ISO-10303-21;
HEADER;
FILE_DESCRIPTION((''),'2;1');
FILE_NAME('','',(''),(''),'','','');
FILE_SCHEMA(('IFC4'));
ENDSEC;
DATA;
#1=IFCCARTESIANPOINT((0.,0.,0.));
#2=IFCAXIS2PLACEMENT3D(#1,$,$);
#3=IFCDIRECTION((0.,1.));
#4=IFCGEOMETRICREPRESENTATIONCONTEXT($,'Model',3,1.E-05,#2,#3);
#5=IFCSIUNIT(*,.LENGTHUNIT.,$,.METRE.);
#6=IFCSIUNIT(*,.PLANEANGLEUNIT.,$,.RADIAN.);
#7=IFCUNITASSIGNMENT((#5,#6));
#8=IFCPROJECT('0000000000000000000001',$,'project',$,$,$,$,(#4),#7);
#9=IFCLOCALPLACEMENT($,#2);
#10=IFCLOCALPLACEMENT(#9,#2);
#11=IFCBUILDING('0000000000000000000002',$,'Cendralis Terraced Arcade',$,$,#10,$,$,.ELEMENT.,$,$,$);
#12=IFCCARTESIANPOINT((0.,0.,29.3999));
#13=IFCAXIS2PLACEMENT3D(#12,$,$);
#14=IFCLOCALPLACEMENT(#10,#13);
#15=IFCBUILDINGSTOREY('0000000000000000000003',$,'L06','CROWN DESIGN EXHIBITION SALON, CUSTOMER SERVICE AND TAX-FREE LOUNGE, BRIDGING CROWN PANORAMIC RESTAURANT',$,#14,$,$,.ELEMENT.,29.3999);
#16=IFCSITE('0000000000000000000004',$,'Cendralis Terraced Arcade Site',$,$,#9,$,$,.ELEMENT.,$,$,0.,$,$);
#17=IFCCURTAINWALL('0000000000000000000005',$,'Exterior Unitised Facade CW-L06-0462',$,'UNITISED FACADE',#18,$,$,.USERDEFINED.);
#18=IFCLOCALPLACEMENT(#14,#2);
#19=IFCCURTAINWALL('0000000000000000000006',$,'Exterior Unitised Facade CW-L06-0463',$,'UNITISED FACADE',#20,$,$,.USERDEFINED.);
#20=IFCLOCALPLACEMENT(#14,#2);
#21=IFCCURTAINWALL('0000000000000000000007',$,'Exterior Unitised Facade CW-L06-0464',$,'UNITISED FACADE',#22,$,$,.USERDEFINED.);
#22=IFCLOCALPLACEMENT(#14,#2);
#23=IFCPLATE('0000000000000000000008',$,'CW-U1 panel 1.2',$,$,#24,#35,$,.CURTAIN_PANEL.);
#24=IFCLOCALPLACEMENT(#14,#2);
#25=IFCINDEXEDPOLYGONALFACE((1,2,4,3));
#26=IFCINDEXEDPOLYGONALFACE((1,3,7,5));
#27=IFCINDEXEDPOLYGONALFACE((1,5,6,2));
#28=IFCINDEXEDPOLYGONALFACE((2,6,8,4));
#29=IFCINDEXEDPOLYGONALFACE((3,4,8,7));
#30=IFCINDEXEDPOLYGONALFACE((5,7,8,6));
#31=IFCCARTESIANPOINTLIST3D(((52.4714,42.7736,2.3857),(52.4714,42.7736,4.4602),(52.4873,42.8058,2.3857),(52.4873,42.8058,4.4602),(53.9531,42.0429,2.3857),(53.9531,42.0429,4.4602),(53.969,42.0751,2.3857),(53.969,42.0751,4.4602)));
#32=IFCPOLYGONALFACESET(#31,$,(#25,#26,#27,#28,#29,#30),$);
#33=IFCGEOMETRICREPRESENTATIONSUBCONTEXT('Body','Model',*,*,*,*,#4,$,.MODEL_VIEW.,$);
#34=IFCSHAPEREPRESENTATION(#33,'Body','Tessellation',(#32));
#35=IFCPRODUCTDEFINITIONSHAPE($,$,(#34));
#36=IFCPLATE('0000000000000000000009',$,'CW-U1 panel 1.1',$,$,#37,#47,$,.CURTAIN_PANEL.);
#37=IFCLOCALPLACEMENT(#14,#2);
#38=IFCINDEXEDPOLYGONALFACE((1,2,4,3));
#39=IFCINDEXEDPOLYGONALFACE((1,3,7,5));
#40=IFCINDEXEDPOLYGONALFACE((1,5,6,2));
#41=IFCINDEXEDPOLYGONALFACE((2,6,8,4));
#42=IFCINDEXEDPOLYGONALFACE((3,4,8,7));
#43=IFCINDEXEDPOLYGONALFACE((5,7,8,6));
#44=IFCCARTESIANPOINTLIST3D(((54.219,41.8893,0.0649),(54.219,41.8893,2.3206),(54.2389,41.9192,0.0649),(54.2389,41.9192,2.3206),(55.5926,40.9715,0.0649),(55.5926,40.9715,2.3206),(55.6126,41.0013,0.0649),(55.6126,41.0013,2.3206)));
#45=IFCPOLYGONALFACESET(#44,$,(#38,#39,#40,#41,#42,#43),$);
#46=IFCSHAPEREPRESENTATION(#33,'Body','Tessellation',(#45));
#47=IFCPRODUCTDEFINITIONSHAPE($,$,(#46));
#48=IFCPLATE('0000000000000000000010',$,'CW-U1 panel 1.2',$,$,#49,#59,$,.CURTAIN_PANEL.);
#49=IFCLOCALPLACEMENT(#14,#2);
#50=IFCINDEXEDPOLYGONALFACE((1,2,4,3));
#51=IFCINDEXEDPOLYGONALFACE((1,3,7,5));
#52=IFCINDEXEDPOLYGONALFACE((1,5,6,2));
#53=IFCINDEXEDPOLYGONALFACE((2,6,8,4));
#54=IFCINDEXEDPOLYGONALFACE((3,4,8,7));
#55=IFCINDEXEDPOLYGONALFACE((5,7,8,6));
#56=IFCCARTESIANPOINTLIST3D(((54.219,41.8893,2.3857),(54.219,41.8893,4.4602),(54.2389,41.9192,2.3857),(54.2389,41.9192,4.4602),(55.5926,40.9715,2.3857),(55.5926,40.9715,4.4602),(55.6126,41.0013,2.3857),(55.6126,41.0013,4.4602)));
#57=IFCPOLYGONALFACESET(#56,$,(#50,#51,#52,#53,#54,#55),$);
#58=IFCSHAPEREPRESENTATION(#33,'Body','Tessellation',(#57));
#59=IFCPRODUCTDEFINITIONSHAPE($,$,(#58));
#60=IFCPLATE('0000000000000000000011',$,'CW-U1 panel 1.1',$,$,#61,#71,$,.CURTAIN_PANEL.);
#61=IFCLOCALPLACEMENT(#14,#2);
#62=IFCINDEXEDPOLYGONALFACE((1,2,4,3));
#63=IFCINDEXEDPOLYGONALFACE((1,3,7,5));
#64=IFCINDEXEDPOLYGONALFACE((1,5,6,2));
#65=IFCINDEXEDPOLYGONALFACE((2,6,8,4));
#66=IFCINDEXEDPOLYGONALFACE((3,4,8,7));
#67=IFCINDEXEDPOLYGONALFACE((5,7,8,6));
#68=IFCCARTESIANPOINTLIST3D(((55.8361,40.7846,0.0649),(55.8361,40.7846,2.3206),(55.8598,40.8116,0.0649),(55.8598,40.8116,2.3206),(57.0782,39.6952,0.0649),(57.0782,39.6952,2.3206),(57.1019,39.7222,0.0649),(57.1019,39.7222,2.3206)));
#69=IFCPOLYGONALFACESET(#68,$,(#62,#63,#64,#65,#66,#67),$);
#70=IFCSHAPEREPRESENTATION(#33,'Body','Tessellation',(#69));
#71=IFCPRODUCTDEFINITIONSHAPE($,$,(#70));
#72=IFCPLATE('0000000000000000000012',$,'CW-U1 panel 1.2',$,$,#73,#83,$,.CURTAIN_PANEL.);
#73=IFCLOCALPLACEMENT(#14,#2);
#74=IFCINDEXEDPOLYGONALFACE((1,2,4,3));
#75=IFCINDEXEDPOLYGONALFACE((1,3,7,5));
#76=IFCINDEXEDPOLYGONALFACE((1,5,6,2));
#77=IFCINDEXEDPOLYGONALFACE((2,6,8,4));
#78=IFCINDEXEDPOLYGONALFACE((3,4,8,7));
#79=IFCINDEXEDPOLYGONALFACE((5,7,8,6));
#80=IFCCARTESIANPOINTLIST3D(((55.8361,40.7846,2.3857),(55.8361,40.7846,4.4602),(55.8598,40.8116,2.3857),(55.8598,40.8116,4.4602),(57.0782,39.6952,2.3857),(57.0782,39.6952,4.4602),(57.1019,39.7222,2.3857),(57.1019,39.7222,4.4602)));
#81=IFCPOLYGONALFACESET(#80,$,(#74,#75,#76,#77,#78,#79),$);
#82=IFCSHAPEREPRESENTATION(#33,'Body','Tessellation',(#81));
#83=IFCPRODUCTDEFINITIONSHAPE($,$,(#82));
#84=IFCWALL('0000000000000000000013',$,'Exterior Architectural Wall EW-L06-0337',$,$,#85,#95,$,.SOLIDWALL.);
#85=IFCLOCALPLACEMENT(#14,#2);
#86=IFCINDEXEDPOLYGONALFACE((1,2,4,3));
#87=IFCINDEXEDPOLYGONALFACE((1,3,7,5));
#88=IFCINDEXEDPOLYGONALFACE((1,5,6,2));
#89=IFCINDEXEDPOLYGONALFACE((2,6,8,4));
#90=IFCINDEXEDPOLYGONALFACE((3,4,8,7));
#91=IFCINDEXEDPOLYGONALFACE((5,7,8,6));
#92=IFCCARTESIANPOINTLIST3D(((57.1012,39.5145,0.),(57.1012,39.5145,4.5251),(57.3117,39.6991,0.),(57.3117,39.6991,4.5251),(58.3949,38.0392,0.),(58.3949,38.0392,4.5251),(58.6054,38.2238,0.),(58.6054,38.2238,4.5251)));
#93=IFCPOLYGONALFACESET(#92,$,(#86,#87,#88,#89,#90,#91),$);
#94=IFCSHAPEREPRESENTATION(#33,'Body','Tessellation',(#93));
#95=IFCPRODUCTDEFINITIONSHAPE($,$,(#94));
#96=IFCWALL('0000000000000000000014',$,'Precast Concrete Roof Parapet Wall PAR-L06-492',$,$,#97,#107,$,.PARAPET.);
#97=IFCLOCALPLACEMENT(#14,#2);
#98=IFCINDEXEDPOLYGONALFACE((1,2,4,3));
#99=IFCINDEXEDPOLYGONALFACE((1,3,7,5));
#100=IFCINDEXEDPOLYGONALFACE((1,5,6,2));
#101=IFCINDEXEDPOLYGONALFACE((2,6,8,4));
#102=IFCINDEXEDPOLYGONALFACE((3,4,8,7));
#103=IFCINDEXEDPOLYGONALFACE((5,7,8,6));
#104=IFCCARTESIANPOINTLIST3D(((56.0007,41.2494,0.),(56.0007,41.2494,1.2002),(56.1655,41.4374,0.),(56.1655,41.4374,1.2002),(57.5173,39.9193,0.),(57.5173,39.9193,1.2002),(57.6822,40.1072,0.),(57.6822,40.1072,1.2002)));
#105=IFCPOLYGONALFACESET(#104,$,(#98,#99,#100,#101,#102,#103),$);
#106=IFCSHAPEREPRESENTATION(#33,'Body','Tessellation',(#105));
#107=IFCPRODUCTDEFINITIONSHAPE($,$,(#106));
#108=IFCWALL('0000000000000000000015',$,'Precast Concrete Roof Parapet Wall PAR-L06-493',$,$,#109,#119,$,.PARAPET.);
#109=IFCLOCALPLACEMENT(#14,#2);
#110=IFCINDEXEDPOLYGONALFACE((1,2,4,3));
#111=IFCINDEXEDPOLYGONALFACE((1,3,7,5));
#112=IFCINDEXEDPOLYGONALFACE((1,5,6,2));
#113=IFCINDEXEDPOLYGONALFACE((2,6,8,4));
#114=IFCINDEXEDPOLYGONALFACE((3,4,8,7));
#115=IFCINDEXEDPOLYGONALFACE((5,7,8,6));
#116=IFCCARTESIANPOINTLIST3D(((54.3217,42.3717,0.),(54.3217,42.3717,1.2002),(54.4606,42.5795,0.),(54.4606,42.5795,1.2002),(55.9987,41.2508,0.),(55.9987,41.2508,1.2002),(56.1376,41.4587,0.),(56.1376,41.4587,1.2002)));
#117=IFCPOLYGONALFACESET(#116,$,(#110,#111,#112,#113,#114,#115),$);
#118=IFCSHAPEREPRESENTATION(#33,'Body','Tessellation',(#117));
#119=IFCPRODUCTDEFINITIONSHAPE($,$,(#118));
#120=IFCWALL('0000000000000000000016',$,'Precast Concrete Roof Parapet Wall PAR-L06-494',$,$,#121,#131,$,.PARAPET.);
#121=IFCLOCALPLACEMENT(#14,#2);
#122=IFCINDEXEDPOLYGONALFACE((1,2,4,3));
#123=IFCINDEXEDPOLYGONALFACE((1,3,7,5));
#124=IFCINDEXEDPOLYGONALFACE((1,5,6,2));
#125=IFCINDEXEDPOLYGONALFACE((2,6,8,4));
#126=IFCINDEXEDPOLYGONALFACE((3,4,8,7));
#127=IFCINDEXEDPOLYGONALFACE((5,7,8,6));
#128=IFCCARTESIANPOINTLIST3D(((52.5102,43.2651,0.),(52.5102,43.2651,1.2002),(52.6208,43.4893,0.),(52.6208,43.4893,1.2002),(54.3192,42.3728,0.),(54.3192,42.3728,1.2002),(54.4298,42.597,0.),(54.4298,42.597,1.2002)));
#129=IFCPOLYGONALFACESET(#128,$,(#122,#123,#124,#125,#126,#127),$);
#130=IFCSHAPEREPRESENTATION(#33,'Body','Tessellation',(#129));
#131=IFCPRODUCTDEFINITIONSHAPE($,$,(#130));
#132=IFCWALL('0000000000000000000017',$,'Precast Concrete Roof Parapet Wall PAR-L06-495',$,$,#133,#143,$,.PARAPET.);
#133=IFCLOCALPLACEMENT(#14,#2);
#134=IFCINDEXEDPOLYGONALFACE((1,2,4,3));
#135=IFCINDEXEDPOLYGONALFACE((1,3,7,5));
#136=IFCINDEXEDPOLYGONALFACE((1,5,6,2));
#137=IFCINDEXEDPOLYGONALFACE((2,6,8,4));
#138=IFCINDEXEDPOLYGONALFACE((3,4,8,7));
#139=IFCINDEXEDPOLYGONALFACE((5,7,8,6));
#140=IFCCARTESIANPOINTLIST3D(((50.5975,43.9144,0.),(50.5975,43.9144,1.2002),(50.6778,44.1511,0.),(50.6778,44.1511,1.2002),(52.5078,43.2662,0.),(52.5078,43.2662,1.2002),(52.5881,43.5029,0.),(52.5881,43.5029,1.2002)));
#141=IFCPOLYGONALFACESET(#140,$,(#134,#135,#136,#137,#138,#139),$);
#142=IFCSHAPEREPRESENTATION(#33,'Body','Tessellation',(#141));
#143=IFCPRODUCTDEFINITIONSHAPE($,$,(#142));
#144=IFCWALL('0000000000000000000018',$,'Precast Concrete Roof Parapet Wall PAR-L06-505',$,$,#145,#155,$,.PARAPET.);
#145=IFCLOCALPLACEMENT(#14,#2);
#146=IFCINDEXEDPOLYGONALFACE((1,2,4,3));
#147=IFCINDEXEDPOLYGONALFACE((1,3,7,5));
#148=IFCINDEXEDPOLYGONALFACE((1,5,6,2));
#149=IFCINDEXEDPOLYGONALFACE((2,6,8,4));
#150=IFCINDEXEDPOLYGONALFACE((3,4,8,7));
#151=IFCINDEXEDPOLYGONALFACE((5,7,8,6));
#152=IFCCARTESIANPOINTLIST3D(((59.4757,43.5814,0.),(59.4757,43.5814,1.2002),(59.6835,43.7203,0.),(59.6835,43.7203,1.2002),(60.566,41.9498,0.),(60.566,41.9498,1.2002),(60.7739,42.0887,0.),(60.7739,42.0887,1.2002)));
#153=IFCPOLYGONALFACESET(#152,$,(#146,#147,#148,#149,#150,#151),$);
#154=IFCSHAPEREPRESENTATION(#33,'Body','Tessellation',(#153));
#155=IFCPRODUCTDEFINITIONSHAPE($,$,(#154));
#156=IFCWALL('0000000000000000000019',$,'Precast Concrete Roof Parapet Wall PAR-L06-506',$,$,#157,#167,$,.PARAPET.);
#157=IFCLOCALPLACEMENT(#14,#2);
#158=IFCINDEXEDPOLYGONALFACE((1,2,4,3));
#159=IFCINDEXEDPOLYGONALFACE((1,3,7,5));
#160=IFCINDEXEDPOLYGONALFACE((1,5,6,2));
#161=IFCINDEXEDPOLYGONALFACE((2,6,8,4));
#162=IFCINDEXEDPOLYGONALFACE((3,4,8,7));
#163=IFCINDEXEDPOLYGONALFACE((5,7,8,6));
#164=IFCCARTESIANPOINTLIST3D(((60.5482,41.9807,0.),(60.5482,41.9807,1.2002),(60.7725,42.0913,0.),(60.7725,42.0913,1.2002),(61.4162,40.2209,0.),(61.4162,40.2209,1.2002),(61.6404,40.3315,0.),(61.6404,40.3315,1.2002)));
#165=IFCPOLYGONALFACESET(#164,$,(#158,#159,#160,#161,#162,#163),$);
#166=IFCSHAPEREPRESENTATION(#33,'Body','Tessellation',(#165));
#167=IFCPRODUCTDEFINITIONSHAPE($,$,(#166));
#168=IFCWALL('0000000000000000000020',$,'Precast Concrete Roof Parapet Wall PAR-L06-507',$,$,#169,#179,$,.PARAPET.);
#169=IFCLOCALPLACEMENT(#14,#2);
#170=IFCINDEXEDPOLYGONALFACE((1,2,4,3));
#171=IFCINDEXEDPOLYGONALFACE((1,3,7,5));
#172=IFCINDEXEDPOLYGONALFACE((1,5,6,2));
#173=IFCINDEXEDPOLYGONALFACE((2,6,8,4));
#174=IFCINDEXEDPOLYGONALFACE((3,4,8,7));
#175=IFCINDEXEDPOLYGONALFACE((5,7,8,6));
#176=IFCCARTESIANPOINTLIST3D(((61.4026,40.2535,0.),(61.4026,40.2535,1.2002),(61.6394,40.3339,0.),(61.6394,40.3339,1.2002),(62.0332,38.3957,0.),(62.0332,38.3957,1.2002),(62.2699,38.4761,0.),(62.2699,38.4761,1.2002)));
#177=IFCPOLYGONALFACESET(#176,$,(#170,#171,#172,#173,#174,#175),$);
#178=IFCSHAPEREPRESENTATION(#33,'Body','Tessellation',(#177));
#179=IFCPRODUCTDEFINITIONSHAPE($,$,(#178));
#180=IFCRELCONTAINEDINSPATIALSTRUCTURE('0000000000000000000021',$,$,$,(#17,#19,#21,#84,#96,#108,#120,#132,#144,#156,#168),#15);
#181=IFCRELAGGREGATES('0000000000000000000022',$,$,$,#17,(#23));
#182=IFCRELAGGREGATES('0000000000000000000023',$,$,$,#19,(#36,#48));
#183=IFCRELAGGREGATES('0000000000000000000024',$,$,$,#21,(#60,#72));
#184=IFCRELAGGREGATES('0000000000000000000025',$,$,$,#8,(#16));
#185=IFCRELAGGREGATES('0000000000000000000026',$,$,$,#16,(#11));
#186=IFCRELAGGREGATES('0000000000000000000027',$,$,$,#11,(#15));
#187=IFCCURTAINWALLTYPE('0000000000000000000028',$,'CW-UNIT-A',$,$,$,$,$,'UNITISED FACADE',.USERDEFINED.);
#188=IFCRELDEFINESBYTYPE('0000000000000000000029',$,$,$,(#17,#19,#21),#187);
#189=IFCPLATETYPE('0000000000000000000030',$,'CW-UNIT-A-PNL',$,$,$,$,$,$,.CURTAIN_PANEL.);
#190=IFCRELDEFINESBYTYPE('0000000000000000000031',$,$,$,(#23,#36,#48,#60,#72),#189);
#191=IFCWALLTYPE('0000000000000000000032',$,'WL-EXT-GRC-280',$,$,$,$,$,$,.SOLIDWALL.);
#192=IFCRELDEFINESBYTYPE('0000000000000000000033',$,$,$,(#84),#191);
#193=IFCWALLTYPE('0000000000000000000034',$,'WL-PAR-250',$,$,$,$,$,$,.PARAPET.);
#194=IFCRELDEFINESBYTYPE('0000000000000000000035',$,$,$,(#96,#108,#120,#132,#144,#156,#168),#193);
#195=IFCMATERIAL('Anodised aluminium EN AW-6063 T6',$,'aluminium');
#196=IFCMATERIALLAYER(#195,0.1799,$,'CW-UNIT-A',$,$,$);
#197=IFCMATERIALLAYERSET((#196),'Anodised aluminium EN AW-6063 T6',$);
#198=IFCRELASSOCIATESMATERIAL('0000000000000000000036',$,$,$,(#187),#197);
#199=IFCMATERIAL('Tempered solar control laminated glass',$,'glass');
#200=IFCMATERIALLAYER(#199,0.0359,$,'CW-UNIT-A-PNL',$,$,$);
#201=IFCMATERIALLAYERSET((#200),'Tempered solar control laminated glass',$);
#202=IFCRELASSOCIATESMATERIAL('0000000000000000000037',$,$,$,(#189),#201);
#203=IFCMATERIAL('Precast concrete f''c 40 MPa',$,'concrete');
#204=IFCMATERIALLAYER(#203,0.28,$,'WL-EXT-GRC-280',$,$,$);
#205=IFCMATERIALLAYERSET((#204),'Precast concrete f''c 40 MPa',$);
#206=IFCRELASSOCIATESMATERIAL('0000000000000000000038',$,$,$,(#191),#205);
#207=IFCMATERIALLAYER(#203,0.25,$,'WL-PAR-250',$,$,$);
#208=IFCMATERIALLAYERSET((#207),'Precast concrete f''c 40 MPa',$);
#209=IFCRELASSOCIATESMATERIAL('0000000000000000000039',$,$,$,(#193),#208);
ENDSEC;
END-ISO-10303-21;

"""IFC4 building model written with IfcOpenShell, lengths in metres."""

from ifc_helpers import new_model, si_unit, direction, frame, frame_2d, origin, origin_2d, place, context, subcontext, project, spatial, rectangle, extrude, material, layer, layer_set, type_object, element, aggregate, save


model = new_model("IFC4")

# Units and contexts
model_context = context("Model", 3, precision=1e-05, world=origin(), true_north=direction((0.0, 1.0)))
body_context = subcontext(model_context, "Body", "Model", "MODEL_VIEW")
ifc_project = project(units=[si_unit("LENGTHUNIT", "METRE"), si_unit("PLANEANGLEUNIT", "RADIAN")], contexts=[model_context])

# Site, building, storey
site_placement = place(None, origin())
site = spatial("IfcSite", under=ifc_project, at=site_placement, Name="Cendralis Terraced Arcade Site", CompositionType="ELEMENT", RefElevation=0.0)
building_placement = place(site_placement, origin())
building = spatial("IfcBuilding", under=site, at=building_placement, Name="Cendralis Terraced Arcade", CompositionType="ELEMENT")
storey_placement = place(building_placement, frame((0.0, 0.0, 29.3999)))
storey = spatial("IfcBuildingStorey", under=building, at=storey_placement, Name="L06", Description="CROWN DESIGN EXHIBITION SALON, CUSTOMER SERVICE AND TAX-FREE LOUNGE, BRIDGING CROWN PANORAMIC RESTAURANT", CompositionType="ELEMENT", Elevation=29.3999)

# Curtain wall
ifc_material_1 = material(Name="Anodised aluminium EN AW-6063 T6", Category="aluminium")
ifc_layer_1 = layer(ifc_material_1, 0.1799, Name="CW-UNIT-A")
ifc_layer_set_1 = layer_set([ifc_layer_1], Name="Anodised aluminium EN AW-6063 T6")
curtain_wall_type = type_object("IfcCurtainWallType", Name="CW-UNIT-A", ElementType="UNITISED FACADE", PredefinedType="USERDEFINED", material=ifc_layer_set_1)
curtain_wall_1_placement = place(storey_placement, origin())
curtain_wall_1 = element("IfcCurtainWall", 1, at=curtain_wall_1_placement, inside=storey, type_object=curtain_wall_type, Name="Exterior Unitised Facade CW-L06-0462", ObjectType="UNITISED FACADE", PredefinedType="USERDEFINED")

# Curtain walls
curtain_wall_2_placement = place(storey_placement, origin())
curtain_wall_2 = element("IfcCurtainWall", 2, at=curtain_wall_2_placement, inside=storey, type_object=curtain_wall_type, Name="Exterior Unitised Facade CW-L06-0463", ObjectType="UNITISED FACADE", PredefinedType="USERDEFINED")
curtain_wall_3_placement = place(storey_placement, origin())
curtain_wall_3 = element("IfcCurtainWall", 3, at=curtain_wall_3_placement, inside=storey, type_object=curtain_wall_type, Name="Exterior Unitised Facade CW-L06-0464", ObjectType="UNITISED FACADE", PredefinedType="USERDEFINED")

# Plates
ifc_material_2 = material(Name="Tempered solar control laminated glass", Category="glass")
ifc_layer_2 = layer(ifc_material_2, 0.0359, Name="CW-UNIT-A-PNL")
ifc_layer_set_2 = layer_set([ifc_layer_2], Name="Tempered solar control laminated glass")
plate_type = type_object("IfcPlateType", Name="CW-UNIT-A-PNL", PredefinedType="CURTAIN_PANEL", material=ifc_layer_set_2)
plate_1_placement = place(storey_placement, frame((53.2202, 42.4243, 2.3857), z_axis=(0.0, 0.0, 1.0), x_axis=(0.896871, -0.442291, 0.0)))
plate_1 = element("IfcPlate", 4, at=plate_1_placement, type_object=plate_type, Name="CW-U1 panel 1.2", PredefinedType="CURTAIN_PANEL", context=body_context, shape_type="SweptSolid", body=[
    extrude(rectangle(XDim=1.6521, YDim=0.0359, at=origin_2d()), origin(), (0.0, 0.0, 1.0), 2.0745),
])
aggregate(curtain_wall_1, [plate_1])
plate_2_placement = place(storey_placement, frame((54.9158, 41.4453, 0.0649), z_axis=(0.0, 0.0, 1.0), x_axis=(0.831471, -0.555567, 0.0)))
plate_2 = element("IfcPlate", 5, at=plate_2_placement, type_object=plate_type, Name="CW-U1 panel 1.1", PredefinedType="CURTAIN_PANEL", context=body_context, shape_type="SweptSolid", body=[
    extrude(rectangle(XDim=1.6521, YDim=0.0359, at=origin_2d()), origin(), (0.0, 0.0, 1.0), 2.2556),
])
plate_3_placement = place(storey_placement, frame((54.9158, 41.4453, 2.3857), z_axis=(0.0, 0.0, 1.0), x_axis=(0.831471, -0.555567, 0.0)))
plate_3 = element("IfcPlate", 6, at=plate_3_placement, type_object=plate_type, Name="CW-U1 panel 1.2", PredefinedType="CURTAIN_PANEL", context=body_context, shape_type="SweptSolid", body=[
    extrude(rectangle(XDim=1.6521, YDim=0.0359, at=origin_2d()), origin(), (0.0, 0.0, 1.0), 2.0745),
])
aggregate(curtain_wall_2, [plate_2, plate_3])
plate_4_placement = place(storey_placement, frame((56.469, 40.2534, 0.0649), z_axis=(0.0, 0.0, 1.0), x_axis=(0.751804, -0.659386, 0.0)))
plate_4 = element("IfcPlate", 7, at=plate_4_placement, type_object=plate_type, Name="CW-U1 panel 1.1", PredefinedType="CURTAIN_PANEL", context=body_context, shape_type="SweptSolid", body=[
    extrude(rectangle(XDim=1.6521, YDim=0.0359, at=origin_2d()), origin(), (0.0, 0.0, 1.0), 2.2556),
])
plate_5_placement = place(storey_placement, frame((56.469, 40.2534, 2.3857), z_axis=(0.0, 0.0, 1.0), x_axis=(0.751804, -0.659386, 0.0)))
plate_5 = element("IfcPlate", 8, at=plate_5_placement, type_object=plate_type, Name="CW-U1 panel 1.2", PredefinedType="CURTAIN_PANEL", context=body_context, shape_type="SweptSolid", body=[
    extrude(rectangle(XDim=1.6521, YDim=0.0359, at=origin_2d()), origin(), (0.0, 0.0, 1.0), 2.0745),
])
aggregate(curtain_wall_3, [plate_4, plate_5])

# Walls
ifc_material_3 = material(Name="Precast concrete f'c 40 MPa", Category="concrete")
ifc_layer_3 = layer(ifc_material_3, 0.28, Name="WL-EXT-GRC-280")
ifc_layer_set_3 = layer_set([ifc_layer_3], Name="Precast concrete f'c 40 MPa")
wall_type_1 = type_object("IfcWallType", Name="WL-EXT-GRC-280", PredefinedType="SOLIDWALL", material=ifc_layer_set_3)
wall_1_placement = place(storey_placement, frame((57.2065, 39.6067, 0.0), z_axis=(0.0, 0.0, 1.0), x_axis=(0.659306, -0.751875, 0.0)))
element("IfcWall", 9, at=wall_1_placement, inside=storey, type_object=wall_type_1, Name="Exterior Architectural Wall EW-L06-0337", PredefinedType="SOLIDWALL", context=body_context, shape_type="SweptSolid", body=[
    extrude(rectangle(XDim=1.9622, YDim=0.28, at=frame_2d((0.981, 0.0))), origin(), (0.0, 0.0, 1.0), 4.5251),
])
ifc_layer_4 = layer(ifc_material_3, 0.25, Name="WL-PAR-250")
ifc_layer_set_4 = layer_set([ifc_layer_4], Name="Precast concrete f'c 40 MPa")
wall_type_2 = type_object("IfcWallType", Name="WL-PAR-250", PredefinedType="PARAPET", material=ifc_layer_set_4)
wall_2_placement = place(storey_placement, frame((57.5999, 40.0132, 0.0), z_axis=(0.0, 0.0, 1.0), x_axis=(-0.751826, 0.659361, 0.0)))
element("IfcWall", 10, at=wall_2_placement, inside=storey, type_object=wall_type_2, Name="Precast Concrete Roof Parapet Wall PAR-L06-492", PredefinedType="PARAPET", context=body_context, shape_type="SweptSolid", body=[
    extrude(rectangle(XDim=2.0173, YDim=0.25, at=frame_2d((1.0088, 0.0))), origin(), (0.0, 0.0, 1.0), 1.2002),
])
for number, where, z_axis, x_axis, name in (
    (11, (56.0681, 41.3547, 0.0), (0.0, 0.0, 1.0), (-0.831398, 0.555677, 0.0), "Precast Concrete Roof Parapet Wall PAR-L06-493"),
    (12, (54.3745, 42.4849, 0.0), (0.0, 0.0, 1.0), (-0.896835, 0.442366, 0.0), "Precast Concrete Roof Parapet Wall PAR-L06-494"),
):
    element("IfcWall", number, at=place(storey_placement, frame(where, z_axis=z_axis, x_axis=x_axis)), inside=storey, type_object=wall_type_2, Name=name, PredefinedType="PARAPET", context=body_context, shape_type="SweptSolid", body=[
        extrude(rectangle(XDim=2.0171, YDim=0.25, at=frame_2d((1.0085, 0.0))), origin(), (0.0, 0.0, 1.0), 1.2002),
    ])
wall_3_placement = place(storey_placement, frame((52.5481, 43.3845, 0.0), z_axis=(0.0, 0.0, 1.0), x_axis=(-0.946975, 0.321306, 0.0)))
element("IfcWall", 13, at=wall_3_placement, inside=storey, type_object=wall_type_2, Name="Precast Concrete Roof Parapet Wall PAR-L06-495", PredefinedType="PARAPET", context=body_context, shape_type="SweptSolid", body=[
    extrude(rectangle(XDim=2.0173, YDim=0.25, at=frame_2d((1.0088, 0.0))), origin(), (0.0, 0.0, 1.0), 1.2002),
])
wall_4_placement = place(storey_placement, frame((59.5796, 43.6509, 0.0), z_axis=(0.0, 0.0, 1.0), x_axis=(0.555619, -0.831437, 0.0)))
element("IfcWall", 14, at=wall_4_placement, inside=storey, type_object=wall_type_2, Name="Precast Concrete Roof Parapet Wall PAR-L06-505", PredefinedType="PARAPET", context=body_context, shape_type="SweptSolid", body=[
    extrude(rectangle(XDim=1.9624, YDim=0.25, at=frame_2d((0.9812, 0.0))), origin(), (0.0, 0.0, 1.0), 1.2002),
])
wall_5_placement = place(storey_placement, frame((60.6604, 42.0359, 0.0), z_axis=(0.0, 0.0, 1.0), x_axis=(0.44233, -0.896853, 0.0)))
element("IfcWall", 15, at=wall_5_placement, inside=storey, type_object=wall_type_2, Name="Precast Concrete Roof Parapet Wall PAR-L06-506", PredefinedType="PARAPET", context=body_context, shape_type="SweptSolid", body=[
    extrude(rectangle(XDim=1.9622, YDim=0.25, at=frame_2d((0.981, 0.0))), origin(), (0.0, 0.0, 1.0), 1.2002),
])
wall_6_placement = place(storey_placement, frame((61.521, 40.2937, 0.0), z_axis=(0.0, 0.0, 1.0), x_axis=(0.321412, -0.946939, 0.0)))
element("IfcWall", 16, at=wall_6_placement, inside=storey, type_object=wall_type_2, Name="Precast Concrete Roof Parapet Wall PAR-L06-507", PredefinedType="PARAPET", context=body_context, shape_type="SweptSolid", body=[
    extrude(rectangle(XDim=1.9619, YDim=0.25, at=frame_2d((0.981, 0.0))), origin(), (0.0, 0.0, 1.0), 1.2002),
])

save(model, "model.ifc")
